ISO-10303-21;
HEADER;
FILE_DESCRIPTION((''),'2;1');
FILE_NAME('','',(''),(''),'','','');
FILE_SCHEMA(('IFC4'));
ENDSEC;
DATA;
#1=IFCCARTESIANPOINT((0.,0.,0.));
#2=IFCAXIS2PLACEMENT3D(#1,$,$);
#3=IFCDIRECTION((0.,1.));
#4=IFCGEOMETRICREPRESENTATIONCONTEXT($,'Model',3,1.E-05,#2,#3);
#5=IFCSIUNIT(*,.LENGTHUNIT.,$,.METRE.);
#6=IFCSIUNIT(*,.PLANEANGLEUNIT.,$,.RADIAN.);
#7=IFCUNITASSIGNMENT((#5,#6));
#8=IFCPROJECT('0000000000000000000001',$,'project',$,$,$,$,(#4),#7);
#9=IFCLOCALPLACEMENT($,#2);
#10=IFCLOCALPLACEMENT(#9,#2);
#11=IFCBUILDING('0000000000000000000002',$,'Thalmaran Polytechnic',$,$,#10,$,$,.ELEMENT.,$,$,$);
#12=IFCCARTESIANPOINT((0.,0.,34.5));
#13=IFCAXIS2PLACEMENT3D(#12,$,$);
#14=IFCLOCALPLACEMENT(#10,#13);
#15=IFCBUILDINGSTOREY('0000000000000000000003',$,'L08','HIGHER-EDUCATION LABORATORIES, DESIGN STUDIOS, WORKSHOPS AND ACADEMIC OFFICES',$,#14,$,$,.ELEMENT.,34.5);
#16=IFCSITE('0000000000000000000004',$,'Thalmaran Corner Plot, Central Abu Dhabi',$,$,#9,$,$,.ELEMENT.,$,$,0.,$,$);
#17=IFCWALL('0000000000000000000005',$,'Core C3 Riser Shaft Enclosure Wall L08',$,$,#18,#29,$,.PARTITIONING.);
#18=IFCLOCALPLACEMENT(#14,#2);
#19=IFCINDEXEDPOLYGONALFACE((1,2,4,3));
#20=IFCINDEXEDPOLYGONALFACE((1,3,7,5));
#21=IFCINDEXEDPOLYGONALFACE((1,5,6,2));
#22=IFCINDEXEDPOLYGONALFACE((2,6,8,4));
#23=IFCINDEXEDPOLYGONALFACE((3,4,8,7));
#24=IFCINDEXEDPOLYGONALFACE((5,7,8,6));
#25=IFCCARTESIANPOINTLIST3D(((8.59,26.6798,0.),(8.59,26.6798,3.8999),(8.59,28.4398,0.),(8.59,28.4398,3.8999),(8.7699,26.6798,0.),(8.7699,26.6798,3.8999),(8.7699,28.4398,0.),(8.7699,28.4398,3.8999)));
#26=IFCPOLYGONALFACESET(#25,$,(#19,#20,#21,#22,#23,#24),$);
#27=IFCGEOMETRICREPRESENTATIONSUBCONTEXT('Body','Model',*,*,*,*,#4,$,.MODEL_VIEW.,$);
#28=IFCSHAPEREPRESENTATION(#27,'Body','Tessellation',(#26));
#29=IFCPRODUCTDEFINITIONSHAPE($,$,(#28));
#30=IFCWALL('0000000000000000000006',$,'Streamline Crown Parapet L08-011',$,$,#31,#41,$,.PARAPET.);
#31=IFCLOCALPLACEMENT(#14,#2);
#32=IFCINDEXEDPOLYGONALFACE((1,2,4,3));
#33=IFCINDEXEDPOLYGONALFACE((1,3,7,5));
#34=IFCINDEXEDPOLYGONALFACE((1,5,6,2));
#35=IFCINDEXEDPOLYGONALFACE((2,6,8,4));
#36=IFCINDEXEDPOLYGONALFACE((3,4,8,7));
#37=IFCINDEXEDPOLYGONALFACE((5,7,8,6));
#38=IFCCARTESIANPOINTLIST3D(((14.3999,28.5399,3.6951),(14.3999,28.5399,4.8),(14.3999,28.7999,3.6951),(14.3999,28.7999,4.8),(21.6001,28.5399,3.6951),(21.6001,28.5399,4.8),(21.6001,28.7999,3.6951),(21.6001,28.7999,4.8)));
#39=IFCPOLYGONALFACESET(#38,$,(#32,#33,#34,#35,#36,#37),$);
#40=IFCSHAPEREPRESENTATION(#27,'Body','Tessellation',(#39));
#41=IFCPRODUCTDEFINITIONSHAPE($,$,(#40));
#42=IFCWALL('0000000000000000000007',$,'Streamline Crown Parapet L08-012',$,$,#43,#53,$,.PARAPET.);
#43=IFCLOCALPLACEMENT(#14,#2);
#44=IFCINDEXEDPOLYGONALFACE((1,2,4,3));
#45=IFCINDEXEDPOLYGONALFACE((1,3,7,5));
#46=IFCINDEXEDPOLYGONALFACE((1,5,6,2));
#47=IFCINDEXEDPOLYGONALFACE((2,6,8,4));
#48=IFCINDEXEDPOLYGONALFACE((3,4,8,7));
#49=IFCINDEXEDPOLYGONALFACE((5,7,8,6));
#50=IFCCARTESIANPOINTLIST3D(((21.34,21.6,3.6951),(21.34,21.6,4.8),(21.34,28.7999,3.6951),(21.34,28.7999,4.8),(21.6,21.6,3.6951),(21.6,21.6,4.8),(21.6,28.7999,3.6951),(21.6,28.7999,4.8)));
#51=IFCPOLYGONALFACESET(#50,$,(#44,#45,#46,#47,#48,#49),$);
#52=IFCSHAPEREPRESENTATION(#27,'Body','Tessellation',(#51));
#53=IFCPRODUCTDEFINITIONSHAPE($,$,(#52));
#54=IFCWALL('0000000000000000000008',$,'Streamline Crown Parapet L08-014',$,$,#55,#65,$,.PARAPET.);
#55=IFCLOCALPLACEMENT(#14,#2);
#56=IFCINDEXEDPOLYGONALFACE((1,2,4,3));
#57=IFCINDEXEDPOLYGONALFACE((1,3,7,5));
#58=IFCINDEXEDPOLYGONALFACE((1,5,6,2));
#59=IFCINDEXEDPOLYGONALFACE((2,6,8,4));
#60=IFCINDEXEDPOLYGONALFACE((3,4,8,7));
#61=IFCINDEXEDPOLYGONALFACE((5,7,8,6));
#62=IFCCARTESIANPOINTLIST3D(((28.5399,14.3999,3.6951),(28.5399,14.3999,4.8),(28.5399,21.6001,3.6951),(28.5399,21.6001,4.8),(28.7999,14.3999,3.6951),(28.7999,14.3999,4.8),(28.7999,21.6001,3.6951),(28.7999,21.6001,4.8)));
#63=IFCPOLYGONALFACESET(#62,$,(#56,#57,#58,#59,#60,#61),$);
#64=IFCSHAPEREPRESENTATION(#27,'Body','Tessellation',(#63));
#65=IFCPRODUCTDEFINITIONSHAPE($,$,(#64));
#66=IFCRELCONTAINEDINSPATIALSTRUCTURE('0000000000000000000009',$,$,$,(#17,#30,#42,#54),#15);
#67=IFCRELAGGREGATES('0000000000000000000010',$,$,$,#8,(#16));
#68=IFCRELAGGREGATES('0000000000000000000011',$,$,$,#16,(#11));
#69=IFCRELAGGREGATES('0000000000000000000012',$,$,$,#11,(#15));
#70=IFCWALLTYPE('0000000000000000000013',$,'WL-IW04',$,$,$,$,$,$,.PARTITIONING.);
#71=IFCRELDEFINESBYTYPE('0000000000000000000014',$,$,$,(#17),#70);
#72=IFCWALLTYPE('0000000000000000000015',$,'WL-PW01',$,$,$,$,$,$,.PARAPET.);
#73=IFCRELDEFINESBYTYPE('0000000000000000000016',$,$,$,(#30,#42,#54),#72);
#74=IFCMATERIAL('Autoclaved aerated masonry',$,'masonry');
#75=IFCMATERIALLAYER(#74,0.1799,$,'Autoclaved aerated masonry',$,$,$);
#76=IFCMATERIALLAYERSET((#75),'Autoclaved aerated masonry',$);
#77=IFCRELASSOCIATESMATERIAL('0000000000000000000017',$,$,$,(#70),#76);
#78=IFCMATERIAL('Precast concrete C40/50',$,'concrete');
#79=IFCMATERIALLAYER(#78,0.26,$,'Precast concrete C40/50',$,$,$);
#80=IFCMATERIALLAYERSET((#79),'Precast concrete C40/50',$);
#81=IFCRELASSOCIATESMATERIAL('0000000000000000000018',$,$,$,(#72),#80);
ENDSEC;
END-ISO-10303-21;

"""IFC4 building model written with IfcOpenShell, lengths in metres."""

from ifc_helpers import new_model, si_unit, direction, frame, frame_2d, origin, place, context, subcontext, project, spatial, rectangle, extrude, material, layer, layer_set, type_object, element, save


model = new_model("IFC4")

# Units and contexts
model_context = context("Model", 3, precision=1e-05, world=origin(), true_north=direction((0.0, 1.0)))
body_context = subcontext(model_context, "Body", "Model", "MODEL_VIEW")
ifc_project = project(units=[si_unit("LENGTHUNIT", "METRE"), si_unit("PLANEANGLEUNIT", "RADIAN")], contexts=[model_context])

# Site, building, storey
site_placement = place(None, origin())
site = spatial("IfcSite", under=ifc_project, at=site_placement, Name="Thalmaran Corner Plot, Central Abu Dhabi", CompositionType="ELEMENT", RefElevation=0.0)
building_placement = place(site_placement, origin())
building = spatial("IfcBuilding", under=site, at=building_placement, Name="Thalmaran Polytechnic", CompositionType="ELEMENT")
storey_placement = place(building_placement, frame((0.0, 0.0, 34.5)))
storey = spatial("IfcBuildingStorey", under=building, at=storey_placement, Name="L08", Description="HIGHER-EDUCATION LABORATORIES, DESIGN STUDIOS, WORKSHOPS AND ACADEMIC OFFICES", CompositionType="ELEMENT", Elevation=34.5)

# Shared definitions
ifc_material_1 = material(Name="Precast concrete C40/50", Category="concrete")

# Shared definitions
ifc_material_2 = material(Name="Autoclaved aerated masonry", Category="masonry")

# Walls
ifc_layer_1 = layer(ifc_material_2, 0.1799, Name="Autoclaved aerated masonry")
ifc_layer_set_1 = layer_set([ifc_layer_1], Name="Autoclaved aerated masonry")
wall_type_1 = type_object("IfcWallType", Name="WL-IW04", PredefinedType="PARTITIONING", material=ifc_layer_set_1)
wall_1_placement = place(storey_placement, frame((8.6799, 26.6799, 0.0), z_axis=(0.0, 0.0, 1.0), x_axis=(0.0, 1.0, 0.0)))
element("IfcWall", 1, at=wall_1_placement, inside=storey, type_object=wall_type_1, Name="Core C3 Riser Shaft Enclosure Wall L08", PredefinedType="PARTITIONING", context=body_context, shape_type="SweptSolid", body=[
    extrude(rectangle(XDim=1.76, YDim=0.1799, at=frame_2d((0.8799, 0.0))), origin(), (0.0, 0.0, 1.0), 3.8999),
])
ifc_layer_2 = layer(ifc_material_1, 0.26, Name="Precast concrete C40/50")
ifc_layer_set_2 = layer_set([ifc_layer_2], Name="Precast concrete C40/50")
wall_type_2 = type_object("IfcWallType", Name="WL-PW01", PredefinedType="PARAPET", material=ifc_layer_set_2)
wall_2_placement = place(storey_placement, frame((14.3999, 28.6699, 3.6951), z_axis=(0.0, 0.0, 1.0), x_axis=(1.0, 0.0, 0.0)))
element("IfcWall", 2, at=wall_2_placement, inside=storey, type_object=wall_type_2, Name="Streamline Crown Parapet L08-011", PredefinedType="PARAPET", context=body_context, shape_type="SweptSolid", body=[
    extrude(rectangle(XDim=7.2002, YDim=0.26, at=frame_2d((3.6001, 0.0))), origin(), (0.0, 0.0, 1.0), 1.105),
])
wall_3_placement = place(storey_placement, frame((21.47, 28.8, 3.6951), z_axis=(0.0, 0.0, 1.0), x_axis=(0.0, -1.0, 0.0)))
element("IfcWall", 3, at=wall_3_placement, inside=storey, type_object=wall_type_2, Name="Streamline Crown Parapet L08-012", PredefinedType="PARAPET", context=body_context, shape_type="SweptSolid", body=[
    extrude(rectangle(XDim=7.2, YDim=0.26, at=frame_2d((3.6001, 0.0))), origin(), (0.0, 0.0, 1.0), 1.105),
])
wall_4_placement = place(storey_placement, frame((28.6699, 21.6001, 3.6951), z_axis=(0.0, 0.0, 1.0), x_axis=(0.0, -1.0, 0.0)))
element("IfcWall", 4, at=wall_4_placement, inside=storey, type_object=wall_type_2, Name="Streamline Crown Parapet L08-014", PredefinedType="PARAPET", context=body_context, shape_type="SweptSolid", body=[
    extrude(rectangle(XDim=7.2002, YDim=0.26, at=frame_2d((3.6001, 0.0))), origin(), (0.0, 0.0, 1.0), 1.105),
])

save(model, "model.ifc")
